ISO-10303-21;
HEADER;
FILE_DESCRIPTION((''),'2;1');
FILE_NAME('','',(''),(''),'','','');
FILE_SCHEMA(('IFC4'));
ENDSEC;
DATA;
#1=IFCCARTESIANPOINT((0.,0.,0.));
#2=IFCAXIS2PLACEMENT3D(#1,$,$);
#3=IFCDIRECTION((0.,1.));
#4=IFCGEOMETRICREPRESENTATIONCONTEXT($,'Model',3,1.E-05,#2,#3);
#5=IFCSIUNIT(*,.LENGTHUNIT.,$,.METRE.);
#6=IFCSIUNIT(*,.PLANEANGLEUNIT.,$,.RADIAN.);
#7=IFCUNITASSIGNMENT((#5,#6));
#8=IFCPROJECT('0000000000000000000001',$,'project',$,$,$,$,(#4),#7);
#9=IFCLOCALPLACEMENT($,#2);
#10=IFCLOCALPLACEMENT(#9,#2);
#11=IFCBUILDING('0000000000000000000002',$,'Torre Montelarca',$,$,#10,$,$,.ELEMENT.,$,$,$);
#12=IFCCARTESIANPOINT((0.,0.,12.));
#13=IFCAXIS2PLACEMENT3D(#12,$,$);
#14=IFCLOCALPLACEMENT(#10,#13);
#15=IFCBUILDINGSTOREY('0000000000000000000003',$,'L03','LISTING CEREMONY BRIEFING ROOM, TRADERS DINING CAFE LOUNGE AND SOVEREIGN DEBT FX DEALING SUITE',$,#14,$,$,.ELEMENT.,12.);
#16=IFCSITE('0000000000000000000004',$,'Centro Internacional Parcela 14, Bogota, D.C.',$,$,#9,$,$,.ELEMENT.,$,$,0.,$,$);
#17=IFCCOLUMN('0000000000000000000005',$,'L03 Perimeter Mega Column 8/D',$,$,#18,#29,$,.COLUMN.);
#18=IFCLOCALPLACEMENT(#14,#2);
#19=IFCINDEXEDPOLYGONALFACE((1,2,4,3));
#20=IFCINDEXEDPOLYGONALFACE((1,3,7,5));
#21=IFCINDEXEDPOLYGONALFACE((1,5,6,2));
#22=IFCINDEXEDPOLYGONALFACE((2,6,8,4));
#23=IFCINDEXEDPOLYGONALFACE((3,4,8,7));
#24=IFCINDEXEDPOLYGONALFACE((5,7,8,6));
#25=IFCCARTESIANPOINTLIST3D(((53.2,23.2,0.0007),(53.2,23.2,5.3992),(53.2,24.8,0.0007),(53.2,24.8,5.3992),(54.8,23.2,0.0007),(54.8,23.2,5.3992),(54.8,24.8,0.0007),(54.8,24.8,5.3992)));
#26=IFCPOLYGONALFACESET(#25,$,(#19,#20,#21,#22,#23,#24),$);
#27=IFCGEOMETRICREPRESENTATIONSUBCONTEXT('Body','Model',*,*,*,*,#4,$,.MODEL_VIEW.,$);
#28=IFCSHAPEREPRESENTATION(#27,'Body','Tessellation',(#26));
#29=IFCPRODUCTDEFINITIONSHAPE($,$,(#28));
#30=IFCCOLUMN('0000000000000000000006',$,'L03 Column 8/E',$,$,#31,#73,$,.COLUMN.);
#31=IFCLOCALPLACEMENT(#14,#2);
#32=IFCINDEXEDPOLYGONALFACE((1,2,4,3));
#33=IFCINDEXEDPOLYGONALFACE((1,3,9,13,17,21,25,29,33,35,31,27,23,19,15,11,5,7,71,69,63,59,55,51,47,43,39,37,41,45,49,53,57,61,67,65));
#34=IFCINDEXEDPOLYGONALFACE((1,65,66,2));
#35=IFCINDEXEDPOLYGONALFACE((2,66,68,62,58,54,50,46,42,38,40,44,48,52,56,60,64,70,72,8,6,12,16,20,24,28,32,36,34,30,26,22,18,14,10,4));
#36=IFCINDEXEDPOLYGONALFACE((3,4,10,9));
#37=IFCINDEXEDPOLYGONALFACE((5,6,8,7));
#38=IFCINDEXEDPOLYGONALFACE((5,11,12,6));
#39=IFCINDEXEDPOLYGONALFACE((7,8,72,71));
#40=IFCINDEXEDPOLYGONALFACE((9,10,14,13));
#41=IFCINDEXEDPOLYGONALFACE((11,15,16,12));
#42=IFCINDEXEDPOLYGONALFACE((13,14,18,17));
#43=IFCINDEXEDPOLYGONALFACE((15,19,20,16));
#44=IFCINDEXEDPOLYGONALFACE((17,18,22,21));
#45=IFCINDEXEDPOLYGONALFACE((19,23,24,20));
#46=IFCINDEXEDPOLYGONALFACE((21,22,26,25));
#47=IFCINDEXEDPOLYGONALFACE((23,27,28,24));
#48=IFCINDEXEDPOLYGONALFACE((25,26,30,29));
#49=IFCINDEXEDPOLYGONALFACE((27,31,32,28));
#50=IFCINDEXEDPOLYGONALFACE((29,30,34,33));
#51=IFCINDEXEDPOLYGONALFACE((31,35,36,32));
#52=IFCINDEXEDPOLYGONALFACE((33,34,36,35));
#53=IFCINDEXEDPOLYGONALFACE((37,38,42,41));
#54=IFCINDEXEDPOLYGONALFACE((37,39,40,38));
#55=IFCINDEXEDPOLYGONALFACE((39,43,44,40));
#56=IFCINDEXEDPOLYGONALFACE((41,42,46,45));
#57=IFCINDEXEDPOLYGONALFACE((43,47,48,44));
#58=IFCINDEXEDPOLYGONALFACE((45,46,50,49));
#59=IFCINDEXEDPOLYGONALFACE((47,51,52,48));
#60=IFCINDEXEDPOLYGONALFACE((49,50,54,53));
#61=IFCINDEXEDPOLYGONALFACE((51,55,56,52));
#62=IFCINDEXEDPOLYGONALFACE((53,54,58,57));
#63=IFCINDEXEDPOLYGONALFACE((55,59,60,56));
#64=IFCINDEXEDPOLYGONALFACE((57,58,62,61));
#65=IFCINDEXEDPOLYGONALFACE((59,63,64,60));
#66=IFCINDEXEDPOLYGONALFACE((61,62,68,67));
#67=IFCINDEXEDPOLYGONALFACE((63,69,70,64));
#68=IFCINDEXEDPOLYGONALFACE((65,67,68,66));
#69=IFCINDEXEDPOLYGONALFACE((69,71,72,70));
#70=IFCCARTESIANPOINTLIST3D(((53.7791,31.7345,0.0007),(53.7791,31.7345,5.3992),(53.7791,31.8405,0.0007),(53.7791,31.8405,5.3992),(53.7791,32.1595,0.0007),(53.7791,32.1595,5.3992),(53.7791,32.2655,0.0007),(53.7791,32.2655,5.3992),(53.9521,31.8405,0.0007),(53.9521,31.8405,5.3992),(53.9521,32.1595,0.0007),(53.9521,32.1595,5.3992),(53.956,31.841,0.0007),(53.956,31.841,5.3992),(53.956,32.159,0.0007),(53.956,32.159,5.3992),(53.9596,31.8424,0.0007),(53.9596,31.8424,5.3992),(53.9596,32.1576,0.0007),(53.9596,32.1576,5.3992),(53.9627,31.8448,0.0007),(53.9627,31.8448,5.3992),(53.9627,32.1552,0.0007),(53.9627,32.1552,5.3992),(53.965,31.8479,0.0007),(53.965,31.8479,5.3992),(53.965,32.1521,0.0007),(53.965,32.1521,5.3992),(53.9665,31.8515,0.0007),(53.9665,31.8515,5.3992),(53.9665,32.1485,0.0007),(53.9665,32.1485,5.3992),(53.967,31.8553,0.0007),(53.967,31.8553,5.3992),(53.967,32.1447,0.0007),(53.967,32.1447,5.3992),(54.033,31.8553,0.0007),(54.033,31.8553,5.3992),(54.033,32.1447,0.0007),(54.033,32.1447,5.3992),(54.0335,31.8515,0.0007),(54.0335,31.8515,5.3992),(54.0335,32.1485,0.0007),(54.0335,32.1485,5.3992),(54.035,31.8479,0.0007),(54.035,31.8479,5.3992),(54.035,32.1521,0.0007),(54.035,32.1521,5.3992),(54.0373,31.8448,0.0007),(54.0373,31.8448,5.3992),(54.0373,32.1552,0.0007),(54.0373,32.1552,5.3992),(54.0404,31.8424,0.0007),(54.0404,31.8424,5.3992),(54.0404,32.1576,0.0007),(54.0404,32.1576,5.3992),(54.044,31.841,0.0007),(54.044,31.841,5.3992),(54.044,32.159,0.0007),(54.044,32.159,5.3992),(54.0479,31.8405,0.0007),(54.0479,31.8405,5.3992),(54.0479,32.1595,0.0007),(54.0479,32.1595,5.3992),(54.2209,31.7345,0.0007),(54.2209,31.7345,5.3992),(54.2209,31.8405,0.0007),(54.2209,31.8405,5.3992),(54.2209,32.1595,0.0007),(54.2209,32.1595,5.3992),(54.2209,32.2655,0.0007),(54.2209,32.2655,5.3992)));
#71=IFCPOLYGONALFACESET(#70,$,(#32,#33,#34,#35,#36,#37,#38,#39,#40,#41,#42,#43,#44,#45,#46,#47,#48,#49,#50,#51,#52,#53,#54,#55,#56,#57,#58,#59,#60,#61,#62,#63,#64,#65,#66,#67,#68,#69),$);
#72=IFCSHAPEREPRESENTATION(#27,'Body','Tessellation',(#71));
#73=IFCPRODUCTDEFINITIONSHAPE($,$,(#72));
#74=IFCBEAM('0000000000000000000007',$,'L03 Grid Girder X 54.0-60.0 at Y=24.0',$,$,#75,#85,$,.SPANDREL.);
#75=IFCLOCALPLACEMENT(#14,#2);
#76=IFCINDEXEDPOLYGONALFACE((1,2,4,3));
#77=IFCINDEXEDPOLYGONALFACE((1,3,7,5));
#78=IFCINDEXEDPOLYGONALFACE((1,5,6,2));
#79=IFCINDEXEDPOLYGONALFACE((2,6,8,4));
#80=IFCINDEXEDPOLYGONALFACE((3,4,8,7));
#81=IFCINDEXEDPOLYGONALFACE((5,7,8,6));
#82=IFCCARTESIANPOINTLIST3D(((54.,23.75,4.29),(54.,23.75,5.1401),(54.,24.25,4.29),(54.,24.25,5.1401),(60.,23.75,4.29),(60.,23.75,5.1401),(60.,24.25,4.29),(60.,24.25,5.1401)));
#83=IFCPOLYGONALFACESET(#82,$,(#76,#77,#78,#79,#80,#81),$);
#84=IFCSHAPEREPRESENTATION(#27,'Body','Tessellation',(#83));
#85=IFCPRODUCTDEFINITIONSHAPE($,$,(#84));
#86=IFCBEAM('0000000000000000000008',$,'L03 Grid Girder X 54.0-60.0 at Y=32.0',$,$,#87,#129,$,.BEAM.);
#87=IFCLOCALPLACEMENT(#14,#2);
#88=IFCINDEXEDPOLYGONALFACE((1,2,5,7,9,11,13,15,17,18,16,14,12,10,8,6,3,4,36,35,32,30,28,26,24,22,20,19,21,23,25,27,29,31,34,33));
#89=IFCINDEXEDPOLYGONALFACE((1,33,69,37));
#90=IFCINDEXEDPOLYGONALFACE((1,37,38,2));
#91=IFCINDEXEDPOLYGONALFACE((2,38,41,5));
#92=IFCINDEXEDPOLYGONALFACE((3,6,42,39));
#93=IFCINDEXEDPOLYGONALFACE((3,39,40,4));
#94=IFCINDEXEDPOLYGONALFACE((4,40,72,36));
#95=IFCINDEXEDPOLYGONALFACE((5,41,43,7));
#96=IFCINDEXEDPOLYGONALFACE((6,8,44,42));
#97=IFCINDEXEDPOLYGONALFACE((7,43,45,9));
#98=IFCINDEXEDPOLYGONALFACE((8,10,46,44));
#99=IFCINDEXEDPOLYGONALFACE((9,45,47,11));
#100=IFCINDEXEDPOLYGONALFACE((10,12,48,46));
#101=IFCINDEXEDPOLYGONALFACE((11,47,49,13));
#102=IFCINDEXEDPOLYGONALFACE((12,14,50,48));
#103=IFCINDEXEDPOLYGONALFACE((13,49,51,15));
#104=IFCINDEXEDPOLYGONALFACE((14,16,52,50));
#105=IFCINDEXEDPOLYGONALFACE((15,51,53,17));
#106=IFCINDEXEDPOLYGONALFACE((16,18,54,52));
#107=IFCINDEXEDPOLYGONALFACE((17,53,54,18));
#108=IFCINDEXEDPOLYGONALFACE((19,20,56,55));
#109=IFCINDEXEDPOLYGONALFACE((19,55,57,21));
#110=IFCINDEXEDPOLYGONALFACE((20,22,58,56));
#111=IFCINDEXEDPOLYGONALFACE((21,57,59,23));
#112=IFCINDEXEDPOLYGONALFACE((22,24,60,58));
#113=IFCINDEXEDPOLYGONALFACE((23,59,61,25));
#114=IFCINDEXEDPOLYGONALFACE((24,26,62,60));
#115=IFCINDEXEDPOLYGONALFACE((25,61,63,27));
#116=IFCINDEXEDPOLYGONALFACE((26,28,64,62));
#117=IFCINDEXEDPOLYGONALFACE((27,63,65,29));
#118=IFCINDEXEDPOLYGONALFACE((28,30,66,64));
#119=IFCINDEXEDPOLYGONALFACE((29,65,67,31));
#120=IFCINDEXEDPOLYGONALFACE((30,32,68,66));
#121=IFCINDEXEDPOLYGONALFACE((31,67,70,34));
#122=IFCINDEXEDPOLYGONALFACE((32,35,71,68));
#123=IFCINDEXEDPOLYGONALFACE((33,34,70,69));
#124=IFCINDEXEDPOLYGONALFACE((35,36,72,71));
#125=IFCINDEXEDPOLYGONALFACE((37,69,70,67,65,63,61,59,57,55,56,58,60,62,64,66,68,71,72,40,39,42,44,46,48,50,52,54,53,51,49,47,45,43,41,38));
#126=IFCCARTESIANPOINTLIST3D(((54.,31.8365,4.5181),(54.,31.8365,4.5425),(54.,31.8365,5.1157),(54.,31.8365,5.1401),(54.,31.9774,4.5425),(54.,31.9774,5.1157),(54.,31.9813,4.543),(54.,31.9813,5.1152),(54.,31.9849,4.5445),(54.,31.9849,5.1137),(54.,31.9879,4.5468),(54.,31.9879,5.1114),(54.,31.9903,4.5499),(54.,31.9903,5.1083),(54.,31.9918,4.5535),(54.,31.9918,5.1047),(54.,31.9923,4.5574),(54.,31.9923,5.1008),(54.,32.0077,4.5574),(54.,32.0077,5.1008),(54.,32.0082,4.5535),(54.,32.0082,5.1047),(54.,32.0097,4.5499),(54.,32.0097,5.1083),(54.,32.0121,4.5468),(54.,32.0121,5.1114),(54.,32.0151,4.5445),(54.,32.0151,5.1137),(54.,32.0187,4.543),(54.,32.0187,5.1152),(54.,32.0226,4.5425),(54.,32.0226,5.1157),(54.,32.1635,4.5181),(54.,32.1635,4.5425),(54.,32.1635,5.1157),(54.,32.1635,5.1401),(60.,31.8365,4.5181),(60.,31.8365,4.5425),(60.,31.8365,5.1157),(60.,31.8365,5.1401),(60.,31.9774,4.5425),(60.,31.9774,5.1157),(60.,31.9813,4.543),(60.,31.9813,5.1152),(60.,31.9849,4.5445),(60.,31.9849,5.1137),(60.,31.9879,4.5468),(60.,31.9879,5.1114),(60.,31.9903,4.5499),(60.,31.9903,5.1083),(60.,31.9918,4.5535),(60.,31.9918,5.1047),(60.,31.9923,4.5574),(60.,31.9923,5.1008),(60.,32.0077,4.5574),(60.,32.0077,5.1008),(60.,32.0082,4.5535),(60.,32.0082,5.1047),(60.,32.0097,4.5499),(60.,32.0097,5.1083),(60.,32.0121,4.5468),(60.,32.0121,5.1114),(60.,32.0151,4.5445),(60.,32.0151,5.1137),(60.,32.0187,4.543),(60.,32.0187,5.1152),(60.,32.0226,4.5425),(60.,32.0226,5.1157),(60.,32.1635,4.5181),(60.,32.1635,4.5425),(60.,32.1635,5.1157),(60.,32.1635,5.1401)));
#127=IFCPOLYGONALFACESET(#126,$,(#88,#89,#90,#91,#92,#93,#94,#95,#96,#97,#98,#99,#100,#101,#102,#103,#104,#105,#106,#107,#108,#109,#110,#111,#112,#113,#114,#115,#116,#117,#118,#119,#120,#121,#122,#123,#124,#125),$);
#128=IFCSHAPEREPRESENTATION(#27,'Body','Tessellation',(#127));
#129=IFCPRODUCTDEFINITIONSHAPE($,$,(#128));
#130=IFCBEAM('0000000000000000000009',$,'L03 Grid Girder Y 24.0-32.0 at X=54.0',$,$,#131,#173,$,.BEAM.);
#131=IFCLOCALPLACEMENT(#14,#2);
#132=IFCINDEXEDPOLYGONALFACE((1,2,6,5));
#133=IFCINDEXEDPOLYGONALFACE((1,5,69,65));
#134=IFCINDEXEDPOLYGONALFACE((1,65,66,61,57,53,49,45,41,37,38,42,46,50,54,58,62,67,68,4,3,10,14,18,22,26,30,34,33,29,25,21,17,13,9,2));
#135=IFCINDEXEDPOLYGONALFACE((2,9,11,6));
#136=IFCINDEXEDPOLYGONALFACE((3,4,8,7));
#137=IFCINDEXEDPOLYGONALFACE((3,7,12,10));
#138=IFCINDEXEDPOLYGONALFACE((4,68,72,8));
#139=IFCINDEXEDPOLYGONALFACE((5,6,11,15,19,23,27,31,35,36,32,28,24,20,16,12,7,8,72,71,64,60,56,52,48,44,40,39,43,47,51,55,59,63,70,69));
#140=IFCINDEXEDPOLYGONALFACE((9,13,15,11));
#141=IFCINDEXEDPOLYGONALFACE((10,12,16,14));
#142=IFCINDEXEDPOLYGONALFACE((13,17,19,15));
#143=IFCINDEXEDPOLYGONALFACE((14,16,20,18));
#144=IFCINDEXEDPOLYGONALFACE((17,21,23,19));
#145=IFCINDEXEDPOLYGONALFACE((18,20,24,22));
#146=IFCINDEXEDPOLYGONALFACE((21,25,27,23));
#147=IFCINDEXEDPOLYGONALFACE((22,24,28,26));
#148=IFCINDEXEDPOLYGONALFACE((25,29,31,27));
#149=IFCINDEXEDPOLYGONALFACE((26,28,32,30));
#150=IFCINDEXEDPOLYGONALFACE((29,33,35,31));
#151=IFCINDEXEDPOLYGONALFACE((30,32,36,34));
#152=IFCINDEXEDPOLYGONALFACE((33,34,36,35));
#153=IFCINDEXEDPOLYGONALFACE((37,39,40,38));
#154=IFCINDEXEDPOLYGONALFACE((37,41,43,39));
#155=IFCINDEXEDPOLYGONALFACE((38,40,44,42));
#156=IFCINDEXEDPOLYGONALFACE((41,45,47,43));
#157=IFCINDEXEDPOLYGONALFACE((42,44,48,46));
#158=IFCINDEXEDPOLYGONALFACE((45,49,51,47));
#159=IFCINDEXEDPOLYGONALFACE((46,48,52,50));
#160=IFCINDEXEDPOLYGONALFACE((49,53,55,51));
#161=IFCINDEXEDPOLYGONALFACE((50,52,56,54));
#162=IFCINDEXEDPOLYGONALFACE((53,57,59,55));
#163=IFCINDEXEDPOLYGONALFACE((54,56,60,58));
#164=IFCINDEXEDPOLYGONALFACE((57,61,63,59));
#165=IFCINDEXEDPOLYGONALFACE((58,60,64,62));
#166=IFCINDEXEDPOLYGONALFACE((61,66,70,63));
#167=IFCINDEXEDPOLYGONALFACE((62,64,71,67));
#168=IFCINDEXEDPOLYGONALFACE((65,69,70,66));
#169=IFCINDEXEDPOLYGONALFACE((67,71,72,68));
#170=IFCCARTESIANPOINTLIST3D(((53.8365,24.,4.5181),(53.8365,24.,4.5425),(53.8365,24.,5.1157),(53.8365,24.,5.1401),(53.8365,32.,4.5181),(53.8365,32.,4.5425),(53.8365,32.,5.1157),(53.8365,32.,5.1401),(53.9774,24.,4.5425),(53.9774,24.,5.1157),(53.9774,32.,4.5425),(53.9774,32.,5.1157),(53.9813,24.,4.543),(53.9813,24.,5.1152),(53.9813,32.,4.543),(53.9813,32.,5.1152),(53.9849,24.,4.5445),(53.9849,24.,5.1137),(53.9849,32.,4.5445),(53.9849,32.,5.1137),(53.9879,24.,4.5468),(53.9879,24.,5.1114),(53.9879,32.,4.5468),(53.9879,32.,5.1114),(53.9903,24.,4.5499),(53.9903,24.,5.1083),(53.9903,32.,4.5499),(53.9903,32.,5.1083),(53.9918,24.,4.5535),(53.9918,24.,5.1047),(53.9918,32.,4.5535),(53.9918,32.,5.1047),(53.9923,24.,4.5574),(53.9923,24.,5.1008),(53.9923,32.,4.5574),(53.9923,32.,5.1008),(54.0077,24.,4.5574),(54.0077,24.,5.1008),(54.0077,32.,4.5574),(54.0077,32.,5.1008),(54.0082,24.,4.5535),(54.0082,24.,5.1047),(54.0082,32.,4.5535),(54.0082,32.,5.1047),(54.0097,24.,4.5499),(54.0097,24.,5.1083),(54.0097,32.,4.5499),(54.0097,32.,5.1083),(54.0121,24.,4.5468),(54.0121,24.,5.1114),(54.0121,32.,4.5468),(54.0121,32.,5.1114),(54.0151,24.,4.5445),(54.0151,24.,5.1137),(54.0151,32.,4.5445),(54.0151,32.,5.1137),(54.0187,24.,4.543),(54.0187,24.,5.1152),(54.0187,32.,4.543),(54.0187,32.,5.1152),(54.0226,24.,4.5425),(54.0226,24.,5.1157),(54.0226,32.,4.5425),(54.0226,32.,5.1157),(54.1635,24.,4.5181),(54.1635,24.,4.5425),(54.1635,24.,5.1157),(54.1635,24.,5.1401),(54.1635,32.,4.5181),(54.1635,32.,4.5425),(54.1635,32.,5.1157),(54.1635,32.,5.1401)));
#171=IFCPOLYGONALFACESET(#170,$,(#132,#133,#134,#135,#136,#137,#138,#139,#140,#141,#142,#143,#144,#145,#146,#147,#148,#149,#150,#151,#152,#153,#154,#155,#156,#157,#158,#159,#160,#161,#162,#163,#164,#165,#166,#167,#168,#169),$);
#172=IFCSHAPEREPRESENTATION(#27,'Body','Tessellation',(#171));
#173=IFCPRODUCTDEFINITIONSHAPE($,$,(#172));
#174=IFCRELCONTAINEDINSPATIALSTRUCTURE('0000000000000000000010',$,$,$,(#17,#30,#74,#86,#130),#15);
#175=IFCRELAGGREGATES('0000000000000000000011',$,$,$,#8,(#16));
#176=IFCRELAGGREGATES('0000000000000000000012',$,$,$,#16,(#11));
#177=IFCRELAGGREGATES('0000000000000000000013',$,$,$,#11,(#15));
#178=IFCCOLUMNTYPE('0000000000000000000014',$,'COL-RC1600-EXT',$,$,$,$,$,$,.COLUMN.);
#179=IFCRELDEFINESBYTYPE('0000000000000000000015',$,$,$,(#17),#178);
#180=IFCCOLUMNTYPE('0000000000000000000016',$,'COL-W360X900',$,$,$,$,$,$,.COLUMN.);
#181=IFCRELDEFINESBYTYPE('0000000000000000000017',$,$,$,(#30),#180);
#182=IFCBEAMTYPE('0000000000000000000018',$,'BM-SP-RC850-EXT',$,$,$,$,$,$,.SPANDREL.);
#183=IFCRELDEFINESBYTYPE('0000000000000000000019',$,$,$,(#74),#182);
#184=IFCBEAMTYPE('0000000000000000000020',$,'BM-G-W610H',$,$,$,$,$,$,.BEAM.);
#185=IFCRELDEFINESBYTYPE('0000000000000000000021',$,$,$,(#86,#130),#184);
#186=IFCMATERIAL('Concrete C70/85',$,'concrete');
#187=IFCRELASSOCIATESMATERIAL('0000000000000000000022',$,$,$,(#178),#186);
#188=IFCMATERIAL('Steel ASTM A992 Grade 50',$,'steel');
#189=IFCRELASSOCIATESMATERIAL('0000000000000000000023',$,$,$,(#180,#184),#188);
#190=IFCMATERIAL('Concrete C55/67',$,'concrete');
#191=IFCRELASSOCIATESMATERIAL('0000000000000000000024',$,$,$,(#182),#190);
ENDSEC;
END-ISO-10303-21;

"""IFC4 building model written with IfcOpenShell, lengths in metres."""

from ifc_helpers import new_model, si_unit, direction, frame, origin, origin_2d, place, context, subcontext, project, spatial, rectangle, i_section, extrude, source, transform, mapped, material, material_profile, profile_set, type_object, element, save


model = new_model("IFC4")

# Units and contexts
model_context = context("Model", 3, precision=1e-05, world=origin(), true_north=direction((0.0, 1.0)))
body_context = subcontext(model_context, "Body", "Model", "MODEL_VIEW")
ifc_project = project(units=[si_unit("LENGTHUNIT", "METRE"), si_unit("PLANEANGLEUNIT", "RADIAN")], contexts=[model_context])

# Site, building, storey
site_placement = place(None, origin())
site = spatial("IfcSite", under=ifc_project, at=site_placement, Name="Centro Internacional Parcela 14, Bogota, D.C.", CompositionType="ELEMENT", RefElevation=0.0)
building_placement = place(site_placement, origin())
building = spatial("IfcBuilding", under=site, at=building_placement, Name="Torre Montelarca", CompositionType="ELEMENT")
storey_placement = place(building_placement, frame((0.0, 0.0, 12.0)))
storey = spatial("IfcBuildingStorey", under=building, at=storey_placement, Name="L03", Description="LISTING CEREMONY BRIEFING ROOM, TRADERS DINING CAFE LOUNGE AND SOVEREIGN DEBT FX DEALING SUITE", CompositionType="ELEMENT", Elevation=12.0)

# Columns
ifc_material_1 = material(Name="Concrete C70/85", Category="concrete")
ifc_material_profile_1 = material_profile(ifc_material_1, rectangle(XDim=1.6001, YDim=1.6001, at=origin_2d()), Name="RC1600X1600", Category="concrete")
ifc_profile_set_1 = profile_set([ifc_material_profile_1], Name="Concrete C70/85")
column_type_1 = type_object("IfcColumnType", Name="COL-RC1600-EXT", PredefinedType="COLUMN", material=ifc_profile_set_1)
shared_shape_1 = source(origin(), body_context, "Body", "SweptSolid", [
    extrude(rectangle(XDim=1.6001, YDim=1.6001, at=origin_2d()), origin(), (0.0, 0.0, 1.0), 5.3984),
])
column_1_placement = place(storey_placement, frame((54.0, 24.0, 0.0007), z_axis=(0.0, 0.0, 1.0), x_axis=(1.0, 0.0, 0.0)))
element("IfcColumn", 1, at=column_1_placement, inside=storey, type_object=column_type_1, Name="L03 Perimeter Mega Column 8/D", PredefinedType="COLUMN", context=body_context, shape_type="MappedRepresentation", body=[
    mapped(shared_shape_1, transform((0.0, 0.0, 0.0), scale=1.0)),
])
ifc_material_2 = material(Name="Steel ASTM A992 Grade 50", Category="steel")
ifc_material_profile_2 = material_profile(ifc_material_2, i_section(OverallWidth=0.4419, OverallDepth=0.531, WebThickness=0.0659, FlangeThickness=0.106, FilletRadius=0.0149, at=origin_2d()), Name="W360X900", Category="steel")
ifc_profile_set_2 = profile_set([ifc_material_profile_2], Name="Steel ASTM A992 Grade 50")
column_type_2 = type_object("IfcColumnType", Name="COL-W360X900", PredefinedType="COLUMN", material=ifc_profile_set_2)
shared_shape_2 = source(origin(), body_context, "Body", "SweptSolid", [
    extrude(i_section(OverallWidth=0.4419, OverallDepth=0.531, WebThickness=0.0659, FlangeThickness=0.106, FilletRadius=0.0149, at=origin_2d()), origin(), (0.0, 0.0, 1.0), 5.3984),
])
column_2_placement = place(storey_placement, frame((54.0, 32.0, 0.0007), z_axis=(0.0, 0.0, 1.0), x_axis=(1.0, 0.0, 0.0)))
element("IfcColumn", 2, at=column_2_placement, inside=storey, type_object=column_type_2, Name="L03 Column 8/E", PredefinedType="COLUMN", context=body_context, shape_type="MappedRepresentation", body=[
    mapped(shared_shape_2, transform((0.0, 0.0, 0.0), scale=1.0)),
])

# Beams
ifc_material_3 = material(Name="Concrete C55/67", Category="concrete")
ifc_material_profile_3 = material_profile(ifc_material_3, rectangle(XDim=0.5, YDim=0.8501, at=origin_2d()), Name="RCB500X850", Category="concrete")
ifc_profile_set_3 = profile_set([ifc_material_profile_3], Name="Concrete C55/67")
beam_type_1 = type_object("IfcBeamType", Name="BM-SP-RC850-EXT", PredefinedType="SPANDREL", material=ifc_profile_set_3)
shared_shape_3 = source(origin(), body_context, "Body", "SweptSolid", [
    extrude(rectangle(XDim=0.5, YDim=0.8501, at=origin_2d()), origin(), (0.0, 0.0, 1.0), 6.0),
])
beam_1_placement = place(storey_placement, frame((54.0, 24.0, 4.7151), z_axis=(1.0, 0.0, 0.0), x_axis=(0.0, 1.0, 0.0)))
element("IfcBeam", 3, at=beam_1_placement, inside=storey, type_object=beam_type_1, Name="L03 Grid Girder X 54.0-60.0 at Y=24.0", PredefinedType="SPANDREL", context=body_context, shape_type="MappedRepresentation", body=[
    mapped(shared_shape_3, transform((0.0, 0.0, 0.0), scale=1.0)),
])
ifc_material_profile_4 = material_profile(ifc_material_2, i_section(OverallWidth=0.3269, OverallDepth=0.6221, WebThickness=0.0154, FlangeThickness=0.0244, FilletRadius=0.0149, at=origin_2d()), Name="W610X195", Category="steel")
ifc_profile_set_4 = profile_set([ifc_material_profile_4], Name="Steel ASTM A992 Grade 50")
beam_type_2 = type_object("IfcBeamType", Name="BM-G-W610H", PredefinedType="BEAM", material=ifc_profile_set_4)
shared_shape_4 = source(origin(), body_context, "Body", "SweptSolid", [
    extrude(i_section(OverallWidth=0.3269, OverallDepth=0.6221, WebThickness=0.0154, FlangeThickness=0.0244, FilletRadius=0.0149, at=origin_2d()), origin(), (0.0, 0.0, 1.0), 6.0),
])
beam_2_placement = place(storey_placement, frame((54.0, 32.0, 4.8291), z_axis=(1.0, 0.0, 0.0), x_axis=(0.0, 1.0, 0.0)))
element("IfcBeam", 4, at=beam_2_placement, inside=storey, type_object=beam_type_2, Name="L03 Grid Girder X 54.0-60.0 at Y=32.0", PredefinedType="BEAM", context=body_context, shape_type="MappedRepresentation", body=[
    mapped(shared_shape_4, transform((0.0, 0.0, 0.0), scale=1.0)),
])
shared_shape_5 = source(origin(), body_context, "Body", "SweptSolid", [
    extrude(i_section(OverallWidth=0.3269, OverallDepth=0.6221, WebThickness=0.0154, FlangeThickness=0.0244, FilletRadius=0.0149, at=origin_2d()), origin(), (0.0, 0.0, 1.0), 8.0),
])
for number, where, z_axis, x_axis, name in (
    (5, (54.0, 24.0, 4.8291), (0.0, 1.0, 0.0), (-1.0, 0.0, 0.0), "L03 Grid Girder Y 24.0-32.0 at X=54.0"),
):
    element("IfcBeam", number, at=place(storey_placement, frame(where, z_axis=z_axis, x_axis=x_axis)), inside=storey, type_object=beam_type_2, Name=name, PredefinedType="BEAM", context=body_context, shape_type="MappedRepresentation", body=[
        mapped(shared_shape_5, transform((0.0, 0.0, 0.0), scale=1.0)),
    ])

save(model, "model.ifc")
